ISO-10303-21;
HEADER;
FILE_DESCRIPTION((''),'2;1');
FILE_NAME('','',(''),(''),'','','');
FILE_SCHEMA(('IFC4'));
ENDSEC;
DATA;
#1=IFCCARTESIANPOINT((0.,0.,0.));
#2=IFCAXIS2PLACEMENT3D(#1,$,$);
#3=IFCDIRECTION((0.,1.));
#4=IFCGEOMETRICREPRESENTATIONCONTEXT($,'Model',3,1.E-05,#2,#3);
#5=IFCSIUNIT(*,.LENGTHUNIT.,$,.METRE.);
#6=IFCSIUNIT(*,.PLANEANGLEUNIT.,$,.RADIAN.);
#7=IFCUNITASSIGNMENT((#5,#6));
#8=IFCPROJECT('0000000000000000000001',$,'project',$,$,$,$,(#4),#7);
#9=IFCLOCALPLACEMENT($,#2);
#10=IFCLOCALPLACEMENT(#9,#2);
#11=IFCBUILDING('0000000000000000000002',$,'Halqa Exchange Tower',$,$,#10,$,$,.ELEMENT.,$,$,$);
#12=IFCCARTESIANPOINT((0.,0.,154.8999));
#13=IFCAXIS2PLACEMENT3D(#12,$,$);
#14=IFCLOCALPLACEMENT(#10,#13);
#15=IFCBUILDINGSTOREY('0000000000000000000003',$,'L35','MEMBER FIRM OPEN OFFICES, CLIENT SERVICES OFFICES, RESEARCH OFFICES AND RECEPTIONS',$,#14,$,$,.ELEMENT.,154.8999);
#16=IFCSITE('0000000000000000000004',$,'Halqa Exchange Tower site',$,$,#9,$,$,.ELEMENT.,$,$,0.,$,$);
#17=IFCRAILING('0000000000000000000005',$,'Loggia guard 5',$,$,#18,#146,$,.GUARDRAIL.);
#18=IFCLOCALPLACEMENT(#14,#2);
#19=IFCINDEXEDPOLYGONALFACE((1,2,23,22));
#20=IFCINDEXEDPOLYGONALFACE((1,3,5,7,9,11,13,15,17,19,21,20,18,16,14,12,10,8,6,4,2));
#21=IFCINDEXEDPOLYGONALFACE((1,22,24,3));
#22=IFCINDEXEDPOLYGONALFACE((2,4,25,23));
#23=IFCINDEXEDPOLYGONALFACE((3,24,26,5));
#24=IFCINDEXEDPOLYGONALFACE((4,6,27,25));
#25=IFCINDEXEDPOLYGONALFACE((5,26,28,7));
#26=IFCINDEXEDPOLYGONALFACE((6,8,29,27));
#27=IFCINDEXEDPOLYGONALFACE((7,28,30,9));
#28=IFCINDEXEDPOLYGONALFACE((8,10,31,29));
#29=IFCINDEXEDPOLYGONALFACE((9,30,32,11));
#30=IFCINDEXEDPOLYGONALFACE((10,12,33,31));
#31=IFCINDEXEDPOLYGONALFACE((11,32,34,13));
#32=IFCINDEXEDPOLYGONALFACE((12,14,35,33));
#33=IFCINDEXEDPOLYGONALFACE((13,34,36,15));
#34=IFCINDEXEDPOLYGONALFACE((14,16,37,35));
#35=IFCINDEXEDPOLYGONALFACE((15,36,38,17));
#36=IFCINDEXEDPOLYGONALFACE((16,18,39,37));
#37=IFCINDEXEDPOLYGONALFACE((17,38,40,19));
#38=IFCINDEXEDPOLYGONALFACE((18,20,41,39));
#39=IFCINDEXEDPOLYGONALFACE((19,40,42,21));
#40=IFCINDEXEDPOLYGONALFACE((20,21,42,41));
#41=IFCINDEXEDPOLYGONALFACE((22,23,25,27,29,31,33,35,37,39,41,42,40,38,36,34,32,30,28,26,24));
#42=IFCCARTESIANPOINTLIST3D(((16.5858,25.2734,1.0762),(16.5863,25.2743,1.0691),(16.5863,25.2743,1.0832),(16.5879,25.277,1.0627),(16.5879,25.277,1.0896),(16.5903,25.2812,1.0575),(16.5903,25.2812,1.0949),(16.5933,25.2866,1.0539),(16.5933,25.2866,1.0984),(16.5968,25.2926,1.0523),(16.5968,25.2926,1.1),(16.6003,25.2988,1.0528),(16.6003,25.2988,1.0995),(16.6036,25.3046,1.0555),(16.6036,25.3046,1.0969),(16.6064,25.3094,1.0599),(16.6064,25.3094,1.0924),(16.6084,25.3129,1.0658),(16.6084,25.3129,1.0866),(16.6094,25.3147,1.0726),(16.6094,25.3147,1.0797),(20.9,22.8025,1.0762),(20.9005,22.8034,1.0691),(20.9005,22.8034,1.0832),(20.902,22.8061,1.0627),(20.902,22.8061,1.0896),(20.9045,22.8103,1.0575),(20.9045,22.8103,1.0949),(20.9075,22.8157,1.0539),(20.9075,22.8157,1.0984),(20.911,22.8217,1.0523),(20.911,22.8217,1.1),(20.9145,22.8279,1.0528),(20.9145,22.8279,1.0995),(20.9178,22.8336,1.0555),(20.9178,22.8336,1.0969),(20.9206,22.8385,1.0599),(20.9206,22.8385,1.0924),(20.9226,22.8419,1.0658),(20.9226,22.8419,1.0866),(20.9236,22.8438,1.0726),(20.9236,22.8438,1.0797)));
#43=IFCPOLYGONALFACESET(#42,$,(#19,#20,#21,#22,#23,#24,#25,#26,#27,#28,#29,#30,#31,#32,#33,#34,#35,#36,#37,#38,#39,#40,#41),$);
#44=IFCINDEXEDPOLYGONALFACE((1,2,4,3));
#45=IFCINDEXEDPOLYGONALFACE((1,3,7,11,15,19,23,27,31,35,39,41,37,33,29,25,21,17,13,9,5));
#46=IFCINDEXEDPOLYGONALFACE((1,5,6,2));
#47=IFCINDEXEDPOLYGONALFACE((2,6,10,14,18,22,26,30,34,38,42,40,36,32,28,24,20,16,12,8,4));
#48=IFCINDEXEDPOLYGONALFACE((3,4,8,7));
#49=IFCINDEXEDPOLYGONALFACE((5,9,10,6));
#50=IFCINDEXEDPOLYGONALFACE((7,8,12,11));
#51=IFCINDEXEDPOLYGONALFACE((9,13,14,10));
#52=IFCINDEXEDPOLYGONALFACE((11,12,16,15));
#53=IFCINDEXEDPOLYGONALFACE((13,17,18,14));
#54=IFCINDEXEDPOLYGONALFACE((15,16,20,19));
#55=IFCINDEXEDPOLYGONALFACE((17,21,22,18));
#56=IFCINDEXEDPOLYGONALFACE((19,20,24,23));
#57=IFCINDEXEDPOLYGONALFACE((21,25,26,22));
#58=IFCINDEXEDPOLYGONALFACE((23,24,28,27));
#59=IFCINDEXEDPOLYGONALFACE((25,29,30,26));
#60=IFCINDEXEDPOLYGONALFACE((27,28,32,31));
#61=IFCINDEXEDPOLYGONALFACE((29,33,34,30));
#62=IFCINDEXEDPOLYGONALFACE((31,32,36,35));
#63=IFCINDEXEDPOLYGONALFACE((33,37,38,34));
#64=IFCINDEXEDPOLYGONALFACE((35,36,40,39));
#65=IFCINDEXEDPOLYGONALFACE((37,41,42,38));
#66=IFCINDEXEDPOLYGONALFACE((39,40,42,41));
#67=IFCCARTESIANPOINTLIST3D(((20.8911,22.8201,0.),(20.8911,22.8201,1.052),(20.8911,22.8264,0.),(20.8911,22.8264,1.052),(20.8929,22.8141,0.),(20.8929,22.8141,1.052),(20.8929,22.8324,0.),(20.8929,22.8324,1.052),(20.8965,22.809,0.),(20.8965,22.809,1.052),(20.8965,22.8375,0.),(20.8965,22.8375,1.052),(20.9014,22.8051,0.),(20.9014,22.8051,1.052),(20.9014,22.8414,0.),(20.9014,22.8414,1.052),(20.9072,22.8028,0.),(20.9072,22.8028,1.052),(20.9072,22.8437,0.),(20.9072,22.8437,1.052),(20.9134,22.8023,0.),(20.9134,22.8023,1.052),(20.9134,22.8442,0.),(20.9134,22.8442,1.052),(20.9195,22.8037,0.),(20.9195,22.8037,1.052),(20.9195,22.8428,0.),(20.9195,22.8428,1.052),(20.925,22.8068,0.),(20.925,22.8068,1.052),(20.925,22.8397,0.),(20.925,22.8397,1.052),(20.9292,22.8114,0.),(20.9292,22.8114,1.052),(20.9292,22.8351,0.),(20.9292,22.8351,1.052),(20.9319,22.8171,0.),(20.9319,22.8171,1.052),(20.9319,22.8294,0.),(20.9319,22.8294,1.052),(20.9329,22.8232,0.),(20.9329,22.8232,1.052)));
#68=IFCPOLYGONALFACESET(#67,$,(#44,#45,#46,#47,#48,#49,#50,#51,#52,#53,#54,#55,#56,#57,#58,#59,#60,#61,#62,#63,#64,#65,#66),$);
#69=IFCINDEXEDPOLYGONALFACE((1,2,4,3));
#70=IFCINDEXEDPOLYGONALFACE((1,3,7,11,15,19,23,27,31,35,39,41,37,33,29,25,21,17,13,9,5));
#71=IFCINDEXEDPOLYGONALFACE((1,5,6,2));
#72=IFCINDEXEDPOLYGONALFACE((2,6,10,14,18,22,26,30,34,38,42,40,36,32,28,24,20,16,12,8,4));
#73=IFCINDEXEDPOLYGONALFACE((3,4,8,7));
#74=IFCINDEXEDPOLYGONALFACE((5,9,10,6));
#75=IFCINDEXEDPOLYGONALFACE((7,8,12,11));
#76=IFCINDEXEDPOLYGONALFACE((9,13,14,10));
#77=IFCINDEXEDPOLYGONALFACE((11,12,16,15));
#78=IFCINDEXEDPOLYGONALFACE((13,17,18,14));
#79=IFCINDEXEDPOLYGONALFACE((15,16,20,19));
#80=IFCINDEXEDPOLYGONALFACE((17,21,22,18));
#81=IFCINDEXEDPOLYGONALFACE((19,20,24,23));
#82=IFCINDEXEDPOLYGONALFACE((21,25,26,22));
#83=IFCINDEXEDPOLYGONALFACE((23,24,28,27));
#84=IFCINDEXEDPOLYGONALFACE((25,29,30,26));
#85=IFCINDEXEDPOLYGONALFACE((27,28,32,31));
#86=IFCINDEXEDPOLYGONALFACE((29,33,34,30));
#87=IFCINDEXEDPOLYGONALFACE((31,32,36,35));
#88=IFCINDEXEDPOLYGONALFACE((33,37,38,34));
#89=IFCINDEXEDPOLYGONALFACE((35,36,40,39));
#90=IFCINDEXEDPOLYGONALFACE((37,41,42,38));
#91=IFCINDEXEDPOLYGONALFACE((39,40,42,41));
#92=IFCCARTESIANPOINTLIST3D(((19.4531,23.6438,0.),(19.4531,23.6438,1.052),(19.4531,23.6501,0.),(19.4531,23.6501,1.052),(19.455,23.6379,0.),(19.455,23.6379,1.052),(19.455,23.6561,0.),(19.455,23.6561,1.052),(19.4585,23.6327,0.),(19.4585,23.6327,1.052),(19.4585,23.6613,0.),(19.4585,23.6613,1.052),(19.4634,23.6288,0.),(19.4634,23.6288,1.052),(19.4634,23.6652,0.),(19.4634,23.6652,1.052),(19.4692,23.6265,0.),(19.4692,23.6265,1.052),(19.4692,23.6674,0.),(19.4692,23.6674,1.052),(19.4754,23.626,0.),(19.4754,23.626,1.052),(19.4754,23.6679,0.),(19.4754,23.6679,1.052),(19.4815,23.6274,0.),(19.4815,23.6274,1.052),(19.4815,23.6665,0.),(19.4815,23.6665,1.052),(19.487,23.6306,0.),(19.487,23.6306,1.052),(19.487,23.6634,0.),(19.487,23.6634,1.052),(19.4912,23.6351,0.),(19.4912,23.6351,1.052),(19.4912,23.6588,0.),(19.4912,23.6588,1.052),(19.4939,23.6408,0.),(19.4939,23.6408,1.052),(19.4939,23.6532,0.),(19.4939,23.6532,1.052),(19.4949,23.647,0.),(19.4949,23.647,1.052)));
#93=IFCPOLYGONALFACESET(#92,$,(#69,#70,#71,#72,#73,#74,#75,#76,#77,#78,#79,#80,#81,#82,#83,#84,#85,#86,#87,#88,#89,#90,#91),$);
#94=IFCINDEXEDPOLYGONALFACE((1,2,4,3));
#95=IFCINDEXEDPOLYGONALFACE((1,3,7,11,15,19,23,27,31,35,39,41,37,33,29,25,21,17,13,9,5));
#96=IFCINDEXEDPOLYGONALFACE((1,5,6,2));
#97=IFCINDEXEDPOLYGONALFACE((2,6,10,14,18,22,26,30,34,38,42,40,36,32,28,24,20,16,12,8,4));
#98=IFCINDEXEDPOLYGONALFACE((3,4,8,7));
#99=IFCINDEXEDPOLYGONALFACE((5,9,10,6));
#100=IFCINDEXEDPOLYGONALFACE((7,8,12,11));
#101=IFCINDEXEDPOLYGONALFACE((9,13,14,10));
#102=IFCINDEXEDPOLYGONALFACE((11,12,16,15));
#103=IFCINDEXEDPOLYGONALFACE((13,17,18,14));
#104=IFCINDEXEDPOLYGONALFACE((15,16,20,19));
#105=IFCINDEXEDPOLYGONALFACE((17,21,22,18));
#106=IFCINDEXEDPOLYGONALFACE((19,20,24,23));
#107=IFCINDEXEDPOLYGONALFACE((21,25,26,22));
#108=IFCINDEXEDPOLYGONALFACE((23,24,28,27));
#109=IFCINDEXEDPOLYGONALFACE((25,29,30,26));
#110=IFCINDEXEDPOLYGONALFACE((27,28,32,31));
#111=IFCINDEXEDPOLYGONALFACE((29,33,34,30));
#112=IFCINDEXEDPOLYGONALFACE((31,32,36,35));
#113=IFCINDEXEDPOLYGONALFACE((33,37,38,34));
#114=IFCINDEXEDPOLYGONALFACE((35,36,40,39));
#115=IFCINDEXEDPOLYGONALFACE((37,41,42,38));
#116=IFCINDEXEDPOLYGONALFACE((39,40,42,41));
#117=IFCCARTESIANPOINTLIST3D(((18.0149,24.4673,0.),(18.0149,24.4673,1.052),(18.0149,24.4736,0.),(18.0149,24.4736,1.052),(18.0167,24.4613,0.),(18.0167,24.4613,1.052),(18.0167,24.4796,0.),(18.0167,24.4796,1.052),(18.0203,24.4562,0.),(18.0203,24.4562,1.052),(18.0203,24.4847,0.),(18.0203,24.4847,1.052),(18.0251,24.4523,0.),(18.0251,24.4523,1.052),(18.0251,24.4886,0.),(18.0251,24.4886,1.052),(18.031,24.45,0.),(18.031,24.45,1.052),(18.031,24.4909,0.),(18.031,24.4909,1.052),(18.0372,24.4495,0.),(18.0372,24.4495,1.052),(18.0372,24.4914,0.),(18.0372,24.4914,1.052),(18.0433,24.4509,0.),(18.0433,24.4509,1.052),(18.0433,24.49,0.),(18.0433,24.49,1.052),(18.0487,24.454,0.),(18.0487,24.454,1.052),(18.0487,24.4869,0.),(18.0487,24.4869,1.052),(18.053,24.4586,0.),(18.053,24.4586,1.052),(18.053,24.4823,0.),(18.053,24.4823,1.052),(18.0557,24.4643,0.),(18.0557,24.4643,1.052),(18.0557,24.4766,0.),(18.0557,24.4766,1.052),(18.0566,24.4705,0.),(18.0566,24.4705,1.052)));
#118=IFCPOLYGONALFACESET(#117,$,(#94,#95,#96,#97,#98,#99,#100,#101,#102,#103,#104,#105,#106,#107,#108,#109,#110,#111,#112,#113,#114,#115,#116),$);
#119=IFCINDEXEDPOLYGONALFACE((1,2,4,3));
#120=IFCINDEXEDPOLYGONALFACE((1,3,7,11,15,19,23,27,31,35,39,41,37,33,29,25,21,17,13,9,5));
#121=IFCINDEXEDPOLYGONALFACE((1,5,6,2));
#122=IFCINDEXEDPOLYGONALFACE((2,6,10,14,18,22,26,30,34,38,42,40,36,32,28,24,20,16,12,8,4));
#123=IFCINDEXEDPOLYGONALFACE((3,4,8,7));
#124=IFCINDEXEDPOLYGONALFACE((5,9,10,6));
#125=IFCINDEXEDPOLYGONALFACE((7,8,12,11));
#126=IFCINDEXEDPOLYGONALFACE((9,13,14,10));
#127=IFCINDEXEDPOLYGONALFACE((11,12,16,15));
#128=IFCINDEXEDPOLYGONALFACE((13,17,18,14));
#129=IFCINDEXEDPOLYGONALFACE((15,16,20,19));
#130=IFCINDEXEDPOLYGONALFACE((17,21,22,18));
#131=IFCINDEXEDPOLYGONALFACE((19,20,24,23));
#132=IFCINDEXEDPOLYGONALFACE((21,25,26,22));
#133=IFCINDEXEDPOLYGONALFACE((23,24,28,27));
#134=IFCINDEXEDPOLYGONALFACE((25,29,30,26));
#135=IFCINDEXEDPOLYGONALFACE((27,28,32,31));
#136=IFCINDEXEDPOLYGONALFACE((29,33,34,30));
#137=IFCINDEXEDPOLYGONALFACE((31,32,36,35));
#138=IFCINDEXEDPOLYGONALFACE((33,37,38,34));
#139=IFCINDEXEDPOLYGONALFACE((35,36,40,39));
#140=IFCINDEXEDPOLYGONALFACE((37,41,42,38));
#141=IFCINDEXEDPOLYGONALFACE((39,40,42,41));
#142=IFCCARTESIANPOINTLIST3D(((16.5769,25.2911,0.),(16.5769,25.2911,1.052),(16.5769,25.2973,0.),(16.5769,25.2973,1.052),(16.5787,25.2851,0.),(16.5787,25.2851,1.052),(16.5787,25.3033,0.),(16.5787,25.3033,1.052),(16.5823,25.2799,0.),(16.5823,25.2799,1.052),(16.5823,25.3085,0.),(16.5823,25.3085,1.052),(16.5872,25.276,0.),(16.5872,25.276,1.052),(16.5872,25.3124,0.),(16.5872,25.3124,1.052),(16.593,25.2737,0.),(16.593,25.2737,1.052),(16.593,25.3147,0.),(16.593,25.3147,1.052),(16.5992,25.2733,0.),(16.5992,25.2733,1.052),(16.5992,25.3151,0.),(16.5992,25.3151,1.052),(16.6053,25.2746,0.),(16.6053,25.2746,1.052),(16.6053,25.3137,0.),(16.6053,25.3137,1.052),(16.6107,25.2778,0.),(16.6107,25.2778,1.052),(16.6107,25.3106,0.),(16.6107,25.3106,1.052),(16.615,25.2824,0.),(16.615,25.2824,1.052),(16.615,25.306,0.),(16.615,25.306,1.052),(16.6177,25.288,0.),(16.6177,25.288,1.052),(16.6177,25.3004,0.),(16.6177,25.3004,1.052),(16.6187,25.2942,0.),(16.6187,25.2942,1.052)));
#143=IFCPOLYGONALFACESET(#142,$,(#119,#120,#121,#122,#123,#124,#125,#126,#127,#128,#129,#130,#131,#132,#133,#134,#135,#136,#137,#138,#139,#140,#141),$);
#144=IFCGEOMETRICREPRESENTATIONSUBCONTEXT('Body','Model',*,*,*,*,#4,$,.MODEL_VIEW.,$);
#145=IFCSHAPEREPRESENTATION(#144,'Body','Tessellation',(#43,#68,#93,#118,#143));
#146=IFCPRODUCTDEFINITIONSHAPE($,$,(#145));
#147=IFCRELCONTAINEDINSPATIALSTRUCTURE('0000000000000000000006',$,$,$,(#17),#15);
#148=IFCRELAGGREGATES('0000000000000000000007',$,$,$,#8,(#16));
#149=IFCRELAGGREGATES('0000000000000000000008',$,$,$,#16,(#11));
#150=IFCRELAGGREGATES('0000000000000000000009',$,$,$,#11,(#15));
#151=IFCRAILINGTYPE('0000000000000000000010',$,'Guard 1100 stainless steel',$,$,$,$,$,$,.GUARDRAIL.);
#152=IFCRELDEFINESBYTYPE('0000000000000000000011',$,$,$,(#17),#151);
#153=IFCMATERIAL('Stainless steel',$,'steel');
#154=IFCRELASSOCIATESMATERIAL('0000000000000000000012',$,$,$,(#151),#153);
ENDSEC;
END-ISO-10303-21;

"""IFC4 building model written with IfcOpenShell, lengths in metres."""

from ifc_helpers import new_model, si_unit, direction, frame, origin, origin_2d, place, context, subcontext, project, spatial, circle, extrude, material, type_object, element, save


model = new_model("IFC4")

# Units and contexts
model_context = context("Model", 3, precision=1e-05, world=origin(), true_north=direction((0.0, 1.0)))
body_context = subcontext(model_context, "Body", "Model", "MODEL_VIEW")
ifc_project = project(units=[si_unit("LENGTHUNIT", "METRE"), si_unit("PLANEANGLEUNIT", "RADIAN")], contexts=[model_context])

# Site, building, storey
site_placement = place(None, origin())
site = spatial("IfcSite", under=ifc_project, at=site_placement, Name="Halqa Exchange Tower site", CompositionType="ELEMENT", RefElevation=0.0)
building_placement = place(site_placement, origin())
building = spatial("IfcBuilding", under=site, at=building_placement, Name="Halqa Exchange Tower", CompositionType="ELEMENT")
storey_placement = place(building_placement, frame((0.0, 0.0, 154.8999)))
storey = spatial("IfcBuildingStorey", under=building, at=storey_placement, Name="L35", Description="MEMBER FIRM OPEN OFFICES, CLIENT SERVICES OFFICES, RESEARCH OFFICES AND RECEPTIONS", CompositionType="ELEMENT", Elevation=154.8999)

# Railing
ifc_material_1 = material(Name="Stainless steel", Category="steel")
railing_type = type_object("IfcRailingType", Name="Guard 1100 stainless steel", PredefinedType="GUARDRAIL", material=ifc_material_1)
railing_1_placement = place(storey_placement, frame((20.9119, 22.8232, 0.0)))
element("IfcRailing", 1, at=railing_1_placement, inside=storey, type_object=railing_type, Name="Loggia guard 5", PredefinedType="GUARDRAIL", context=body_context, shape_type="SweptSolid", body=[
    extrude(circle(Radius=0.0239, at=origin_2d()), frame((0.0, 0.0, 1.0762), z_axis=(-0.86775, 0.497001, 0.0), x_axis=(-0.497001, -0.86775, 0.0)), (0.0, 0.0, 1.0), 4.9717),
    extrude(circle(Radius=0.021, at=origin_2d()), origin(), (0.0, 0.0, 1.0), 1.052),
    extrude(circle(Radius=0.021, at=origin_2d()), frame((-1.438, 0.8237, 0.0)), (0.0, 0.0, 1.0), 1.052),
    extrude(circle(Radius=0.021, at=origin_2d()), frame((-2.8762, 1.6472, 0.0)), (0.0, 0.0, 1.0), 1.052),
    extrude(circle(Radius=0.021, at=origin_2d()), frame((-4.3142, 2.4709, 0.0)), (0.0, 0.0, 1.0), 1.052),
])

save(model, "model.ifc")
